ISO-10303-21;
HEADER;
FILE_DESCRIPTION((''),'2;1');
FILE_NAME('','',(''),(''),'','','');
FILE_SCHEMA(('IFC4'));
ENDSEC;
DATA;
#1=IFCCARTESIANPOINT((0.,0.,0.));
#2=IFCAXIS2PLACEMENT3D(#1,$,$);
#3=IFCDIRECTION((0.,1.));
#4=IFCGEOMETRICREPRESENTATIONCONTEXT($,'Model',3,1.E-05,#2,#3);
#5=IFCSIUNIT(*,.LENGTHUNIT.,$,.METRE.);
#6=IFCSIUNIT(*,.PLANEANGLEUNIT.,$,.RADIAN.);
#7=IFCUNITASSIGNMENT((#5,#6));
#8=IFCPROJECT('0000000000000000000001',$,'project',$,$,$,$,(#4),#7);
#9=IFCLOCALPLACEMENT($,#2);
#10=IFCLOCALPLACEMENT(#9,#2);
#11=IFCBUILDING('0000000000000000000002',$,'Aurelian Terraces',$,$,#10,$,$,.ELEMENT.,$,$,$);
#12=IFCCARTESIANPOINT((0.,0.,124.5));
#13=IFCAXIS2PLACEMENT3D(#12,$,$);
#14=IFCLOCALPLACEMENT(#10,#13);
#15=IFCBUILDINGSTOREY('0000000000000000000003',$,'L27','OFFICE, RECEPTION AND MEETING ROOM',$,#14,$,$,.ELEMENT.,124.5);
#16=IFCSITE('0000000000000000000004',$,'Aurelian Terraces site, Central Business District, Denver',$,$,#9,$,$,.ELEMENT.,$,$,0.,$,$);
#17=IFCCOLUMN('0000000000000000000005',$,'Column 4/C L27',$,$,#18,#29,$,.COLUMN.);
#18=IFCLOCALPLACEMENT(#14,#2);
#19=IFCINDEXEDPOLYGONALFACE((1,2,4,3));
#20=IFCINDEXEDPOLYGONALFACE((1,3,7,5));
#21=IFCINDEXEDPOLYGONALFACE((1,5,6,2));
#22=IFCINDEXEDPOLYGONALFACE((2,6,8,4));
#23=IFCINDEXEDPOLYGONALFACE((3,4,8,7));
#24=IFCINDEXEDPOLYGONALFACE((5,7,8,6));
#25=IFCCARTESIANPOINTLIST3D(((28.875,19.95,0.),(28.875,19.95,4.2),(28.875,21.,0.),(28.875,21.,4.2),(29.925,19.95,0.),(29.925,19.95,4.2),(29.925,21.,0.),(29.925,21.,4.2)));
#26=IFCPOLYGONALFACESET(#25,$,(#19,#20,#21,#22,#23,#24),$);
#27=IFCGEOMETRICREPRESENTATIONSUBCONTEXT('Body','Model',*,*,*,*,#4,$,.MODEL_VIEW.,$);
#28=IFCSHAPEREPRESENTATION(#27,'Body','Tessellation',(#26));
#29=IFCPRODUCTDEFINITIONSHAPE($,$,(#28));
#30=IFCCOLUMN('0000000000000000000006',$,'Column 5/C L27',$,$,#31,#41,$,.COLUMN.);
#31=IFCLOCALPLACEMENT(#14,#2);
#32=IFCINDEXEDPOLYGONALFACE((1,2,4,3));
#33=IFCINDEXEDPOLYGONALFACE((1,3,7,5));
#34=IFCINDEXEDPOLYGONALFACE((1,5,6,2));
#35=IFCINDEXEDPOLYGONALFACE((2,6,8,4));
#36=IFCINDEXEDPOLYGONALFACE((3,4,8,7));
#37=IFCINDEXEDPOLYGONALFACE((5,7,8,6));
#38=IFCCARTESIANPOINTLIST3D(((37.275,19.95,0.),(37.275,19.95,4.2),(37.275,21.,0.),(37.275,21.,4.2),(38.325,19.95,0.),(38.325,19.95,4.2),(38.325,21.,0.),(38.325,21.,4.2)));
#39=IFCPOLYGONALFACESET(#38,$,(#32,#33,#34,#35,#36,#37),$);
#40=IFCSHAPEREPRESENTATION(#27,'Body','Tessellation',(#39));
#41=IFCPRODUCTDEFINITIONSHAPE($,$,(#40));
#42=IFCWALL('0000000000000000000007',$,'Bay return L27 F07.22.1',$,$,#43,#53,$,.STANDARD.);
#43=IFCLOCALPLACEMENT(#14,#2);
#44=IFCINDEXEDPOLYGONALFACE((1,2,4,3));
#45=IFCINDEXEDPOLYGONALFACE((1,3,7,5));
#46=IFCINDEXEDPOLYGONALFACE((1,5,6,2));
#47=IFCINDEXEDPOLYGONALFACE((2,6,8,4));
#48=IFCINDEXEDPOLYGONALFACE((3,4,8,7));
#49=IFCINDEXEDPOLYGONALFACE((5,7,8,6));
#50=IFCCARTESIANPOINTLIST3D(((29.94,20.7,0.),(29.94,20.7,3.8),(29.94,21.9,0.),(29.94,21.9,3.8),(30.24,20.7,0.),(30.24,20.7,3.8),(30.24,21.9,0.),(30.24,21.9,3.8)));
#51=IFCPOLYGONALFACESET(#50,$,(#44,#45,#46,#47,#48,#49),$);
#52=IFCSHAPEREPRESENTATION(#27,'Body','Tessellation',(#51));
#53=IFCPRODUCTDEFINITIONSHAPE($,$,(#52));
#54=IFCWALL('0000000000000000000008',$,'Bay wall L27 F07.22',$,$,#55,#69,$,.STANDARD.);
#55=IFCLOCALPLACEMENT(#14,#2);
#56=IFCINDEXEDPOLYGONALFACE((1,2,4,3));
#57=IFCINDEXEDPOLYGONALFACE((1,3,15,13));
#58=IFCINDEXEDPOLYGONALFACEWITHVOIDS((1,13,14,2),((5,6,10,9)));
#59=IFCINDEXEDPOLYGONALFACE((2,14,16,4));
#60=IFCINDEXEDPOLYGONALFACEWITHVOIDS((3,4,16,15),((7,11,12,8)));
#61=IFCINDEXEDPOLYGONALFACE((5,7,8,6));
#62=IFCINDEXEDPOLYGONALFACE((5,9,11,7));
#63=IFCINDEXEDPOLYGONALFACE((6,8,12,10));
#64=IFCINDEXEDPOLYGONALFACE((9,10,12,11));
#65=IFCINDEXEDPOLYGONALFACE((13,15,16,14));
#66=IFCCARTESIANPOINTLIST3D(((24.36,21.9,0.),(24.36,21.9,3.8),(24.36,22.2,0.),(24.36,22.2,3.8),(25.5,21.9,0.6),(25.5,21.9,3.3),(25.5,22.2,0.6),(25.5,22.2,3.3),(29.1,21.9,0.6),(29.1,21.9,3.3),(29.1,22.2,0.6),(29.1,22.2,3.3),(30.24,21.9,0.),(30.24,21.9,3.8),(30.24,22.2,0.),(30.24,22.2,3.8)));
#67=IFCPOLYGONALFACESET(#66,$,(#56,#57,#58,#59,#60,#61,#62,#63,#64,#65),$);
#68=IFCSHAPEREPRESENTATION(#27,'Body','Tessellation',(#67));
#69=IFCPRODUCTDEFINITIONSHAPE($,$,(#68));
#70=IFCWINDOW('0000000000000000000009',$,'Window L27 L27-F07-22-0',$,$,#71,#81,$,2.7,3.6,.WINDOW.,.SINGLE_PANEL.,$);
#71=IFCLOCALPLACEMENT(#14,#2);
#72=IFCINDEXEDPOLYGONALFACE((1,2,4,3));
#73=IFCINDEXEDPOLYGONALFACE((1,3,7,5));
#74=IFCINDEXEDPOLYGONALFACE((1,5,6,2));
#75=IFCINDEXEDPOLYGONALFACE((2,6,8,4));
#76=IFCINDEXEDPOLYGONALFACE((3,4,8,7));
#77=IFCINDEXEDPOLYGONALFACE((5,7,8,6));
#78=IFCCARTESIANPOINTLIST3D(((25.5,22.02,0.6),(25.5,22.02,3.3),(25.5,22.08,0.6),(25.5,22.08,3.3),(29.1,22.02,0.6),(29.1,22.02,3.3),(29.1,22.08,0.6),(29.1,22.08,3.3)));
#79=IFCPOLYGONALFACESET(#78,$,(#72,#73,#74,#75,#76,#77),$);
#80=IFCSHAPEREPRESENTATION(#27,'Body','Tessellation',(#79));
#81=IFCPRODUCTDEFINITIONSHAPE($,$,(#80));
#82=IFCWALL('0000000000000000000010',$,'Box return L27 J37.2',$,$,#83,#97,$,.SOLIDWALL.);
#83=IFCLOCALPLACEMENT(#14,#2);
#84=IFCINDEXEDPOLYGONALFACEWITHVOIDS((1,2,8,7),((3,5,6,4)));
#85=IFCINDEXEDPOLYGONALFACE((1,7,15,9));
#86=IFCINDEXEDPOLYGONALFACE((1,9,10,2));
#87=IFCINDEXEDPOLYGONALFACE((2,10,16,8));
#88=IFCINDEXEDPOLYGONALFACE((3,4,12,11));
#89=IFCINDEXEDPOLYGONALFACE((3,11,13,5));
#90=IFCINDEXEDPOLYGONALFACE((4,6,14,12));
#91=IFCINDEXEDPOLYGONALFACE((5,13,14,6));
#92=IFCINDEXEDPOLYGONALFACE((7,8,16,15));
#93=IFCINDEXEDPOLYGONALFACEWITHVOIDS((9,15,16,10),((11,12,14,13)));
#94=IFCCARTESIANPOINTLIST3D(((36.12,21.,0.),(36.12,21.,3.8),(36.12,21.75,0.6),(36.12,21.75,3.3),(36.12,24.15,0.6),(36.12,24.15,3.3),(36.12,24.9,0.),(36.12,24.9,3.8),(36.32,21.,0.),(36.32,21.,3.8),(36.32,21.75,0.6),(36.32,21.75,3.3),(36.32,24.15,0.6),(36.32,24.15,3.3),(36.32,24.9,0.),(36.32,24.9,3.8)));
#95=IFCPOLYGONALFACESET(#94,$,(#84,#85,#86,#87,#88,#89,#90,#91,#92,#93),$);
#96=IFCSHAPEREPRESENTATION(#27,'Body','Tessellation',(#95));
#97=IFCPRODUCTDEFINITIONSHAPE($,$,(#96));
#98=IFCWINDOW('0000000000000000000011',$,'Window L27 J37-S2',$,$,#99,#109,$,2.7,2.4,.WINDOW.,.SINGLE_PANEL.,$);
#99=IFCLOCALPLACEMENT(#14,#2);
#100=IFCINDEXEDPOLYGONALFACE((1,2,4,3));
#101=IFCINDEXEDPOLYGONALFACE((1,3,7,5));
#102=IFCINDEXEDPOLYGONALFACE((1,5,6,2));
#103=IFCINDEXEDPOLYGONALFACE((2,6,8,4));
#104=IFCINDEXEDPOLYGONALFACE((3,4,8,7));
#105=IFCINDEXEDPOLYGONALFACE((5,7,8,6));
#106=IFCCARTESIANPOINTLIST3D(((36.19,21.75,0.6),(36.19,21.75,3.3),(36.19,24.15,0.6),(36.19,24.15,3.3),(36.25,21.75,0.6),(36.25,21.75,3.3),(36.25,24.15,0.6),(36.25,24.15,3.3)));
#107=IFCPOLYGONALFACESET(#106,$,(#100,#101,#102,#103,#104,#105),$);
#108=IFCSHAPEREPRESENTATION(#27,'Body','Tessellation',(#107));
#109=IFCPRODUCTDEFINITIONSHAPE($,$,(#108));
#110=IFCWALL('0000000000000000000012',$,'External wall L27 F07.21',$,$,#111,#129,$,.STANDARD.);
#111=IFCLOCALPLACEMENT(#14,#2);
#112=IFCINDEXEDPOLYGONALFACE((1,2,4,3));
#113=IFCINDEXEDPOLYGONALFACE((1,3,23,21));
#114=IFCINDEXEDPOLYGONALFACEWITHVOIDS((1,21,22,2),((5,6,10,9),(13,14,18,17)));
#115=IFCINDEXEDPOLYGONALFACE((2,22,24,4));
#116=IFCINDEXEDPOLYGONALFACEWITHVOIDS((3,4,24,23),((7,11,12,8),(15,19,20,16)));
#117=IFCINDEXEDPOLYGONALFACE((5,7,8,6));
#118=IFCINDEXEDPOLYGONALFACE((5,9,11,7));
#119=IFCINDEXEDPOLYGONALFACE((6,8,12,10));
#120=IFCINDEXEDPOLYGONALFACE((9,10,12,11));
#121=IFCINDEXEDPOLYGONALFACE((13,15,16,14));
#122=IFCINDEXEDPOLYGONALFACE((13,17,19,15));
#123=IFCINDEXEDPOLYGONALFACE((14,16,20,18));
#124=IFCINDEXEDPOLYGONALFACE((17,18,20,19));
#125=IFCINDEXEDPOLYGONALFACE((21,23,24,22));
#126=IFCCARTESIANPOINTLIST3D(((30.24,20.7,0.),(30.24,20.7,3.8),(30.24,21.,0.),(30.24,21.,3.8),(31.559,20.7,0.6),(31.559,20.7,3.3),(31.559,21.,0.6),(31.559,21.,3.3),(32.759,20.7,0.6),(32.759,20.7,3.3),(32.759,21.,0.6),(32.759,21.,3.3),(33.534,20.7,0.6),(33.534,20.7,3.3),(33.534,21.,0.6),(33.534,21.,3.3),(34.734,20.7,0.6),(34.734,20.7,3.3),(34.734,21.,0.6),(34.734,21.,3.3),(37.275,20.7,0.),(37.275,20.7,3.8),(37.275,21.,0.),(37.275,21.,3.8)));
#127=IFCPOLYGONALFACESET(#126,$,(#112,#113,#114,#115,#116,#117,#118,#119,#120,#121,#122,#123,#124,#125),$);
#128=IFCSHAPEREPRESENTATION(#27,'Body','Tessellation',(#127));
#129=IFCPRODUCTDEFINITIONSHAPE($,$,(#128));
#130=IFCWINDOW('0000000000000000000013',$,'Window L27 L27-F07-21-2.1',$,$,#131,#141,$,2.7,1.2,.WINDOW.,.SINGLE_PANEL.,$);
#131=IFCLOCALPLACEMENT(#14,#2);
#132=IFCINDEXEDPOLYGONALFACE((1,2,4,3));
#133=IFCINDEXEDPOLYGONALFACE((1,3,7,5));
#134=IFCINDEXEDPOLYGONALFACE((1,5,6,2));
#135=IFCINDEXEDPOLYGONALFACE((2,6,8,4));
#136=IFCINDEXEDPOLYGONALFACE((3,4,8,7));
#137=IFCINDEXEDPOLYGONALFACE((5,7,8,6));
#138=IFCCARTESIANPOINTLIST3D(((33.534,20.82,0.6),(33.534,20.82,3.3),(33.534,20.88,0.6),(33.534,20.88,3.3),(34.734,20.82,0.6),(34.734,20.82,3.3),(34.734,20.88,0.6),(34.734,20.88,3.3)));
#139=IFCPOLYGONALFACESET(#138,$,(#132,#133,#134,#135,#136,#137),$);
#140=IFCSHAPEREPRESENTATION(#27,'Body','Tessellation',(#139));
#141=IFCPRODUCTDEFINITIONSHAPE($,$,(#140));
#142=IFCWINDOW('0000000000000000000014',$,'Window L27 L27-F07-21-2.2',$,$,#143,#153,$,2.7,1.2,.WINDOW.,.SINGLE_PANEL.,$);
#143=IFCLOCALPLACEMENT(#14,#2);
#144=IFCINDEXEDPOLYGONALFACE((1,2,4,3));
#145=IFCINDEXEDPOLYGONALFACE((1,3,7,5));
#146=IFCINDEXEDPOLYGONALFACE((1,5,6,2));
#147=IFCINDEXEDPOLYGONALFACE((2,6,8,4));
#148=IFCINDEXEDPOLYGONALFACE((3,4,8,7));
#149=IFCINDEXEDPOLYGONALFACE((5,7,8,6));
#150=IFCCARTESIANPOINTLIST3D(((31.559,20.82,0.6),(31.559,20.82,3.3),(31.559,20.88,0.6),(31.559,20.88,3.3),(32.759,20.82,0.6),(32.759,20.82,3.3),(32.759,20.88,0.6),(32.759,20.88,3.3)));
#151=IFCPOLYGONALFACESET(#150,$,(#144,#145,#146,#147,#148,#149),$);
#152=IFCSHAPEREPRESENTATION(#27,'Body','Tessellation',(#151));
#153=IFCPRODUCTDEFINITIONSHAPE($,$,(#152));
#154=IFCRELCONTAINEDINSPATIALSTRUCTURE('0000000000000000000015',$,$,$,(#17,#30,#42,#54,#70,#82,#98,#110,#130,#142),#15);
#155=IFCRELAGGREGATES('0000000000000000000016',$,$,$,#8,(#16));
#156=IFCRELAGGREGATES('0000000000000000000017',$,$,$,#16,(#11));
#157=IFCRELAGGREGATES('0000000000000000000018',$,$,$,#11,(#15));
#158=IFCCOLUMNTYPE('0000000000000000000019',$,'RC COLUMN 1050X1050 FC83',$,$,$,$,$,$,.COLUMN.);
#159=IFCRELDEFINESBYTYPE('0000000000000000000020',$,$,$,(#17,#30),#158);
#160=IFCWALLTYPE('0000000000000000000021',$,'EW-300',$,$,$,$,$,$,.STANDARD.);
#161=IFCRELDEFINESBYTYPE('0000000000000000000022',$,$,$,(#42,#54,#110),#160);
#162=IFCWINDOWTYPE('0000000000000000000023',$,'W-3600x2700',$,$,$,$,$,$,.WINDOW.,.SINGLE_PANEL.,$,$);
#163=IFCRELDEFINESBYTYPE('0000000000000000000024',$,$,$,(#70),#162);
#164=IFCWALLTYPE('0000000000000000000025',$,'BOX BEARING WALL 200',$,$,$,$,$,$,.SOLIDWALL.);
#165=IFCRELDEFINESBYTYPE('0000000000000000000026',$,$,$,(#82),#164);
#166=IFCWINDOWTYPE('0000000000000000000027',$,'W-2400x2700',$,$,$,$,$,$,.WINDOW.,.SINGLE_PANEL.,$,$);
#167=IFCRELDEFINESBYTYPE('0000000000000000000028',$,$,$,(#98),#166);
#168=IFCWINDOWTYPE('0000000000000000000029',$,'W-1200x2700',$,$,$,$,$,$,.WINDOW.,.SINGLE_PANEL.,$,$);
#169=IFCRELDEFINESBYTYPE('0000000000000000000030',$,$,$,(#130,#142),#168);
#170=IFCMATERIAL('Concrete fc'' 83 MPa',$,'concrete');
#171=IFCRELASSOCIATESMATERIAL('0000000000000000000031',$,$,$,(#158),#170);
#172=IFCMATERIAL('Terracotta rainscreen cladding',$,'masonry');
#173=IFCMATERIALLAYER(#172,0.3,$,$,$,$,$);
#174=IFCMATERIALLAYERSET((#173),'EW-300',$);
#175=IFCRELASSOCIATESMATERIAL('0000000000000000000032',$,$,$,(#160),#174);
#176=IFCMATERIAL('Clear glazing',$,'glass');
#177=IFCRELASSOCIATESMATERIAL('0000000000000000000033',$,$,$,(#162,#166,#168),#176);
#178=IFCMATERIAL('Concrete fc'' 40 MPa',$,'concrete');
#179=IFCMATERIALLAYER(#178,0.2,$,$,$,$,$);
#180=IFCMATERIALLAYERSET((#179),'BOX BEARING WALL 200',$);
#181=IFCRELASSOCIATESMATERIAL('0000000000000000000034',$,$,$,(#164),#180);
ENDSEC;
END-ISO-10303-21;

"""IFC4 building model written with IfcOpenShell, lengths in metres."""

from ifc_helpers import new_model, si_unit, direction, frame, frame_2d, origin, origin_2d, place, context, subcontext, project, spatial, rectangle, extrude, source, transform, mapped, material, layer, layer_set, material_profile, profile_set, type_object, element, fill, save


model = new_model("IFC4")

# Units and contexts
model_context = context("Model", 3, precision=1e-05, world=origin(), true_north=direction((0.0, 1.0)))
body_context = subcontext(model_context, "Body", "Model", "MODEL_VIEW")
ifc_project = project(units=[si_unit("LENGTHUNIT", "METRE"), si_unit("PLANEANGLEUNIT", "RADIAN")], contexts=[model_context])

# Site, building, storey
site_placement = place(None, origin())
site = spatial("IfcSite", under=ifc_project, at=site_placement, Name="Aurelian Terraces site, Central Business District, Denver", CompositionType="ELEMENT", RefElevation=0.0)
building_placement = place(site_placement, origin())
building = spatial("IfcBuilding", under=site, at=building_placement, Name="Aurelian Terraces", CompositionType="ELEMENT")
storey_placement = place(building_placement, frame((0.0, 0.0, 124.5)))
storey = spatial("IfcBuildingStorey", under=building, at=storey_placement, Name="L27", Description="OFFICE, RECEPTION AND MEETING ROOM", CompositionType="ELEMENT", Elevation=124.5)

# Columns
ifc_material_1 = material(Name="Concrete fc' 83 MPa", Category="concrete")
ifc_material_profile = material_profile(ifc_material_1, rectangle(XDim=1.05, YDim=1.05, at=origin_2d()))
ifc_profile_set = profile_set([ifc_material_profile], Name="Concrete fc' 83 MPa")
column_type = type_object("IfcColumnType", Name="RC COLUMN 1050X1050 FC83", PredefinedType="COLUMN", material=ifc_profile_set)
shared_shape_1 = source(origin(), body_context, "Body", "SweptSolid", [
    extrude(rectangle(XDim=1.05, YDim=1.05, at=origin_2d()), origin(), (0.0, 0.0, 1.0), 4.2),
])
for number, where, z_axis, x_axis, name in (
    (1, (29.4, 20.475, 0.0), (0.0, 0.0, 1.0), (1.0, 0.0, 0.0), "Column 4/C L27"),
    (2, (37.8, 20.475, 0.0), (0.0, 0.0, 1.0), (1.0, 0.0, 0.0), "Column 5/C L27"),
):
    element("IfcColumn", number, at=place(storey_placement, frame(where, z_axis=z_axis, x_axis=x_axis)), inside=storey, type_object=column_type, Name=name, PredefinedType="COLUMN", context=body_context, shape_type="MappedRepresentation", body=[
        mapped(shared_shape_1, transform((0.0, 0.0, 0.0), scale=1.0)),
    ])

# Wall
ifc_material_2 = material(Name="Terracotta rainscreen cladding", Category="masonry")
ifc_layer_1 = layer(ifc_material_2, 0.3)
ifc_layer_set_1 = layer_set([ifc_layer_1], Name="EW-300")
wall_type_1 = type_object("IfcWallType", Name="EW-300", PredefinedType="STANDARD", material=ifc_layer_set_1)
shared_shape_2 = source(origin(), body_context, "Body", "SweptSolid", [
    extrude(rectangle(XDim=1.2, YDim=0.3, at=frame_2d((0.6, 0.0))), origin(), (0.0, 0.0, 1.0), 3.8),
])
wall_1_placement = place(storey_placement, frame((30.09, 20.7, 0.0), z_axis=(0.0, 0.0, 1.0), x_axis=(0.0, 1.0, 0.0)))
element("IfcWall", 3, at=wall_1_placement, inside=storey, type_object=wall_type_1, Name="Bay return L27 F07.22.1", PredefinedType="STANDARD", context=body_context, shape_type="MappedRepresentation", body=[
    mapped(shared_shape_2, transform((0.0, 0.0, 0.0), scale=1.0)),
])

# Walls, openings, windows
shared_shape_3 = source(origin(), body_context, "Body", "SweptSolid", [
    extrude(rectangle(XDim=5.88, YDim=0.3, at=frame_2d((2.94, 0.0))), origin(), (0.0, 0.0, 1.0), 3.8),
])
wall_2_placement = place(storey_placement, frame((30.24, 22.05, 0.0), z_axis=(0.0, 0.0, 1.0), x_axis=(-1.0, 0.0, 0.0)))
wall_2 = element("IfcWall", 4, at=wall_2_placement, inside=storey, type_object=wall_type_1, Name="Bay wall L27 F07.22", PredefinedType="STANDARD", context=body_context, shape_type="MappedRepresentation", body=[
    mapped(shared_shape_3, transform((0.0, 0.0, 0.0), scale=1.0)),
])
shared_shape_4 = source(origin(), body_context, "Body", "SweptSolid", [
    extrude(rectangle(XDim=3.6, YDim=2.7, at=frame_2d((1.8, 1.35))), frame((0.0, 0.16, 0.0), z_axis=(0.0, -1.0, 0.0), x_axis=(1.0, 0.0, 0.0)), (0.0, 0.0, 1.0), 0.32),
])
opening_1_placement = place(wall_2_placement, frame((1.14, 0.0, 0.6)))
opening_1 = element("IfcOpeningElement", 5, at=opening_1_placement, cuts=wall_2, PredefinedType="OPENING", context=body_context, shape_type="MappedRepresentation", body=[
    mapped(shared_shape_4, transform((0.0, 0.0, 0.0), scale=1.0)),
])
ifc_material_3 = material(Name="Clear glazing", Category="glass")
window_type_1 = type_object("IfcWindowType", Name="W-3600x2700", PartitioningType="SINGLE_PANEL", PredefinedType="WINDOW", material=ifc_material_3)
shared_shape_5 = source(origin(), body_context, "Body", "SweptSolid", [
    extrude(rectangle(XDim=3.6, YDim=2.7, at=frame_2d((1.8, 1.35))), frame((0.0, 0.03, 0.0), z_axis=(0.0, -1.0, 0.0), x_axis=(1.0, 0.0, 0.0)), (0.0, 0.0, 1.0), 0.06),
])
window_1_placement = place(opening_1_placement, origin())
window_1 = element("IfcWindow", 6, at=window_1_placement, inside=storey, type_object=window_type_1, Name="Window L27 L27-F07-22-0", OverallHeight=2.7, OverallWidth=3.6, PartitioningType="SINGLE_PANEL", PredefinedType="WINDOW", context=body_context, shape_type="MappedRepresentation", body=[
    mapped(shared_shape_5, transform((0.0, 0.0, 0.0), scale=1.0)),
])
fill(opening_1, window_1)
ifc_material_4 = material(Name="Concrete fc' 40 MPa", Category="concrete")
ifc_layer_2 = layer(ifc_material_4, 0.2)
ifc_layer_set_2 = layer_set([ifc_layer_2], Name="BOX BEARING WALL 200")
wall_type_2 = type_object("IfcWallType", Name="BOX BEARING WALL 200", PredefinedType="SOLIDWALL", material=ifc_layer_set_2)
shared_shape_6 = source(origin(), body_context, "Body", "SweptSolid", [
    extrude(rectangle(XDim=3.9, YDim=0.2, at=frame_2d((1.95, 0.0))), origin(), (0.0, 0.0, 1.0), 3.8),
])
wall_3_placement = place(storey_placement, frame((36.22, 21.0, 0.0), z_axis=(0.0, 0.0, 1.0), x_axis=(0.0, 1.0, 0.0)))
wall_3 = element("IfcWall", 7, at=wall_3_placement, inside=storey, type_object=wall_type_2, Name="Box return L27 J37.2", PredefinedType="SOLIDWALL", context=body_context, shape_type="MappedRepresentation", body=[
    mapped(shared_shape_6, transform((0.0, 0.0, 0.0), scale=1.0)),
])
shared_shape_7 = source(origin(), body_context, "Body", "SweptSolid", [
    extrude(rectangle(XDim=2.4, YDim=2.7, at=frame_2d((1.2, 1.35))), frame((0.0, 0.11, 0.0), z_axis=(0.0, -1.0, 0.0), x_axis=(1.0, 0.0, 0.0)), (0.0, 0.0, 1.0), 0.22),
])
opening_2_placement = place(wall_3_placement, frame((0.75, 0.0, 0.6)))
opening_2 = element("IfcOpeningElement", 8, at=opening_2_placement, cuts=wall_3, PredefinedType="OPENING", context=body_context, shape_type="MappedRepresentation", body=[
    mapped(shared_shape_7, transform((0.0, 0.0, 0.0), scale=1.0)),
])
window_type_2 = type_object("IfcWindowType", Name="W-2400x2700", PartitioningType="SINGLE_PANEL", PredefinedType="WINDOW", material=ifc_material_3)
shared_shape_8 = source(origin(), body_context, "Body", "SweptSolid", [
    extrude(rectangle(XDim=2.4, YDim=2.7, at=frame_2d((1.2, 1.35))), frame((0.0, 0.03, 0.0), z_axis=(0.0, -1.0, 0.0), x_axis=(1.0, 0.0, 0.0)), (0.0, 0.0, 1.0), 0.06),
])
window_2_placement = place(opening_2_placement, origin())
window_2 = element("IfcWindow", 9, at=window_2_placement, inside=storey, type_object=window_type_2, Name="Window L27 J37-S2", OverallHeight=2.7, OverallWidth=2.4, PartitioningType="SINGLE_PANEL", PredefinedType="WINDOW", context=body_context, shape_type="MappedRepresentation", body=[
    mapped(shared_shape_8, transform((0.0, 0.0, 0.0), scale=1.0)),
])
fill(opening_2, window_2)

# Wall, openings, windows
shared_shape_9 = source(origin(), body_context, "Body", "SweptSolid", [
    extrude(rectangle(XDim=7.035, YDim=0.3, at=frame_2d((3.5175, 0.0))), origin(), (0.0, 0.0, 1.0), 3.8),
])
wall_4_placement = place(storey_placement, frame((37.275, 20.85, 0.0), z_axis=(0.0, 0.0, 1.0), x_axis=(-1.0, 0.0, 0.0)))
wall_4 = element("IfcWall", 10, at=wall_4_placement, inside=storey, type_object=wall_type_1, Name="External wall L27 F07.21", PredefinedType="STANDARD", context=body_context, shape_type="MappedRepresentation", body=[
    mapped(shared_shape_9, transform((0.0, 0.0, 0.0), scale=1.0)),
])
shared_shape_10 = source(origin(), body_context, "Body", "SweptSolid", [
    extrude(rectangle(XDim=1.2, YDim=2.7, at=frame_2d((0.6, 1.35))), frame((0.0, 0.16, 0.0), z_axis=(0.0, -1.0, 0.0), x_axis=(1.0, 0.0, 0.0)), (0.0, 0.0, 1.0), 0.32),
])
opening_3_placement = place(wall_4_placement, frame((2.541, 0.0, 0.6)))
opening_3 = element("IfcOpeningElement", 11, at=opening_3_placement, cuts=wall_4, PredefinedType="OPENING", context=body_context, shape_type="MappedRepresentation", body=[
    mapped(shared_shape_10, transform((0.0, 0.0, 0.0), scale=1.0)),
])
opening_4_placement = place(wall_4_placement, frame((4.516, 0.0, 0.6)))
opening_4 = element("IfcOpeningElement", 12, at=opening_4_placement, cuts=wall_4, PredefinedType="OPENING", context=body_context, shape_type="MappedRepresentation", body=[
    mapped(shared_shape_10, transform((0.0, 0.0, 0.0), scale=1.0)),
])
window_type_3 = type_object("IfcWindowType", Name="W-1200x2700", PartitioningType="SINGLE_PANEL", PredefinedType="WINDOW", material=ifc_material_3)
shared_shape_11 = source(origin(), body_context, "Body", "SweptSolid", [
    extrude(rectangle(XDim=1.2, YDim=2.7, at=frame_2d((0.6, 1.35))), frame((0.0, 0.03, 0.0), z_axis=(0.0, -1.0, 0.0), x_axis=(1.0, 0.0, 0.0)), (0.0, 0.0, 1.0), 0.06),
])
window_3_placement = place(opening_3_placement, origin())
window_3 = element("IfcWindow", 13, at=window_3_placement, inside=storey, type_object=window_type_3, Name="Window L27 L27-F07-21-2.1", OverallHeight=2.7, OverallWidth=1.2, PartitioningType="SINGLE_PANEL", PredefinedType="WINDOW", context=body_context, shape_type="MappedRepresentation", body=[
    mapped(shared_shape_11, transform((0.0, 0.0, 0.0), scale=1.0)),
])
fill(opening_3, window_3)
window_4_placement = place(opening_4_placement, origin())
window_4 = element("IfcWindow", 14, at=window_4_placement, inside=storey, type_object=window_type_3, Name="Window L27 L27-F07-21-2.2", OverallHeight=2.7, OverallWidth=1.2, PartitioningType="SINGLE_PANEL", PredefinedType="WINDOW", context=body_context, shape_type="MappedRepresentation", body=[
    mapped(shared_shape_11, transform((0.0, 0.0, 0.0), scale=1.0)),
])
fill(opening_4, window_4)

save(model, "model.ifc")
